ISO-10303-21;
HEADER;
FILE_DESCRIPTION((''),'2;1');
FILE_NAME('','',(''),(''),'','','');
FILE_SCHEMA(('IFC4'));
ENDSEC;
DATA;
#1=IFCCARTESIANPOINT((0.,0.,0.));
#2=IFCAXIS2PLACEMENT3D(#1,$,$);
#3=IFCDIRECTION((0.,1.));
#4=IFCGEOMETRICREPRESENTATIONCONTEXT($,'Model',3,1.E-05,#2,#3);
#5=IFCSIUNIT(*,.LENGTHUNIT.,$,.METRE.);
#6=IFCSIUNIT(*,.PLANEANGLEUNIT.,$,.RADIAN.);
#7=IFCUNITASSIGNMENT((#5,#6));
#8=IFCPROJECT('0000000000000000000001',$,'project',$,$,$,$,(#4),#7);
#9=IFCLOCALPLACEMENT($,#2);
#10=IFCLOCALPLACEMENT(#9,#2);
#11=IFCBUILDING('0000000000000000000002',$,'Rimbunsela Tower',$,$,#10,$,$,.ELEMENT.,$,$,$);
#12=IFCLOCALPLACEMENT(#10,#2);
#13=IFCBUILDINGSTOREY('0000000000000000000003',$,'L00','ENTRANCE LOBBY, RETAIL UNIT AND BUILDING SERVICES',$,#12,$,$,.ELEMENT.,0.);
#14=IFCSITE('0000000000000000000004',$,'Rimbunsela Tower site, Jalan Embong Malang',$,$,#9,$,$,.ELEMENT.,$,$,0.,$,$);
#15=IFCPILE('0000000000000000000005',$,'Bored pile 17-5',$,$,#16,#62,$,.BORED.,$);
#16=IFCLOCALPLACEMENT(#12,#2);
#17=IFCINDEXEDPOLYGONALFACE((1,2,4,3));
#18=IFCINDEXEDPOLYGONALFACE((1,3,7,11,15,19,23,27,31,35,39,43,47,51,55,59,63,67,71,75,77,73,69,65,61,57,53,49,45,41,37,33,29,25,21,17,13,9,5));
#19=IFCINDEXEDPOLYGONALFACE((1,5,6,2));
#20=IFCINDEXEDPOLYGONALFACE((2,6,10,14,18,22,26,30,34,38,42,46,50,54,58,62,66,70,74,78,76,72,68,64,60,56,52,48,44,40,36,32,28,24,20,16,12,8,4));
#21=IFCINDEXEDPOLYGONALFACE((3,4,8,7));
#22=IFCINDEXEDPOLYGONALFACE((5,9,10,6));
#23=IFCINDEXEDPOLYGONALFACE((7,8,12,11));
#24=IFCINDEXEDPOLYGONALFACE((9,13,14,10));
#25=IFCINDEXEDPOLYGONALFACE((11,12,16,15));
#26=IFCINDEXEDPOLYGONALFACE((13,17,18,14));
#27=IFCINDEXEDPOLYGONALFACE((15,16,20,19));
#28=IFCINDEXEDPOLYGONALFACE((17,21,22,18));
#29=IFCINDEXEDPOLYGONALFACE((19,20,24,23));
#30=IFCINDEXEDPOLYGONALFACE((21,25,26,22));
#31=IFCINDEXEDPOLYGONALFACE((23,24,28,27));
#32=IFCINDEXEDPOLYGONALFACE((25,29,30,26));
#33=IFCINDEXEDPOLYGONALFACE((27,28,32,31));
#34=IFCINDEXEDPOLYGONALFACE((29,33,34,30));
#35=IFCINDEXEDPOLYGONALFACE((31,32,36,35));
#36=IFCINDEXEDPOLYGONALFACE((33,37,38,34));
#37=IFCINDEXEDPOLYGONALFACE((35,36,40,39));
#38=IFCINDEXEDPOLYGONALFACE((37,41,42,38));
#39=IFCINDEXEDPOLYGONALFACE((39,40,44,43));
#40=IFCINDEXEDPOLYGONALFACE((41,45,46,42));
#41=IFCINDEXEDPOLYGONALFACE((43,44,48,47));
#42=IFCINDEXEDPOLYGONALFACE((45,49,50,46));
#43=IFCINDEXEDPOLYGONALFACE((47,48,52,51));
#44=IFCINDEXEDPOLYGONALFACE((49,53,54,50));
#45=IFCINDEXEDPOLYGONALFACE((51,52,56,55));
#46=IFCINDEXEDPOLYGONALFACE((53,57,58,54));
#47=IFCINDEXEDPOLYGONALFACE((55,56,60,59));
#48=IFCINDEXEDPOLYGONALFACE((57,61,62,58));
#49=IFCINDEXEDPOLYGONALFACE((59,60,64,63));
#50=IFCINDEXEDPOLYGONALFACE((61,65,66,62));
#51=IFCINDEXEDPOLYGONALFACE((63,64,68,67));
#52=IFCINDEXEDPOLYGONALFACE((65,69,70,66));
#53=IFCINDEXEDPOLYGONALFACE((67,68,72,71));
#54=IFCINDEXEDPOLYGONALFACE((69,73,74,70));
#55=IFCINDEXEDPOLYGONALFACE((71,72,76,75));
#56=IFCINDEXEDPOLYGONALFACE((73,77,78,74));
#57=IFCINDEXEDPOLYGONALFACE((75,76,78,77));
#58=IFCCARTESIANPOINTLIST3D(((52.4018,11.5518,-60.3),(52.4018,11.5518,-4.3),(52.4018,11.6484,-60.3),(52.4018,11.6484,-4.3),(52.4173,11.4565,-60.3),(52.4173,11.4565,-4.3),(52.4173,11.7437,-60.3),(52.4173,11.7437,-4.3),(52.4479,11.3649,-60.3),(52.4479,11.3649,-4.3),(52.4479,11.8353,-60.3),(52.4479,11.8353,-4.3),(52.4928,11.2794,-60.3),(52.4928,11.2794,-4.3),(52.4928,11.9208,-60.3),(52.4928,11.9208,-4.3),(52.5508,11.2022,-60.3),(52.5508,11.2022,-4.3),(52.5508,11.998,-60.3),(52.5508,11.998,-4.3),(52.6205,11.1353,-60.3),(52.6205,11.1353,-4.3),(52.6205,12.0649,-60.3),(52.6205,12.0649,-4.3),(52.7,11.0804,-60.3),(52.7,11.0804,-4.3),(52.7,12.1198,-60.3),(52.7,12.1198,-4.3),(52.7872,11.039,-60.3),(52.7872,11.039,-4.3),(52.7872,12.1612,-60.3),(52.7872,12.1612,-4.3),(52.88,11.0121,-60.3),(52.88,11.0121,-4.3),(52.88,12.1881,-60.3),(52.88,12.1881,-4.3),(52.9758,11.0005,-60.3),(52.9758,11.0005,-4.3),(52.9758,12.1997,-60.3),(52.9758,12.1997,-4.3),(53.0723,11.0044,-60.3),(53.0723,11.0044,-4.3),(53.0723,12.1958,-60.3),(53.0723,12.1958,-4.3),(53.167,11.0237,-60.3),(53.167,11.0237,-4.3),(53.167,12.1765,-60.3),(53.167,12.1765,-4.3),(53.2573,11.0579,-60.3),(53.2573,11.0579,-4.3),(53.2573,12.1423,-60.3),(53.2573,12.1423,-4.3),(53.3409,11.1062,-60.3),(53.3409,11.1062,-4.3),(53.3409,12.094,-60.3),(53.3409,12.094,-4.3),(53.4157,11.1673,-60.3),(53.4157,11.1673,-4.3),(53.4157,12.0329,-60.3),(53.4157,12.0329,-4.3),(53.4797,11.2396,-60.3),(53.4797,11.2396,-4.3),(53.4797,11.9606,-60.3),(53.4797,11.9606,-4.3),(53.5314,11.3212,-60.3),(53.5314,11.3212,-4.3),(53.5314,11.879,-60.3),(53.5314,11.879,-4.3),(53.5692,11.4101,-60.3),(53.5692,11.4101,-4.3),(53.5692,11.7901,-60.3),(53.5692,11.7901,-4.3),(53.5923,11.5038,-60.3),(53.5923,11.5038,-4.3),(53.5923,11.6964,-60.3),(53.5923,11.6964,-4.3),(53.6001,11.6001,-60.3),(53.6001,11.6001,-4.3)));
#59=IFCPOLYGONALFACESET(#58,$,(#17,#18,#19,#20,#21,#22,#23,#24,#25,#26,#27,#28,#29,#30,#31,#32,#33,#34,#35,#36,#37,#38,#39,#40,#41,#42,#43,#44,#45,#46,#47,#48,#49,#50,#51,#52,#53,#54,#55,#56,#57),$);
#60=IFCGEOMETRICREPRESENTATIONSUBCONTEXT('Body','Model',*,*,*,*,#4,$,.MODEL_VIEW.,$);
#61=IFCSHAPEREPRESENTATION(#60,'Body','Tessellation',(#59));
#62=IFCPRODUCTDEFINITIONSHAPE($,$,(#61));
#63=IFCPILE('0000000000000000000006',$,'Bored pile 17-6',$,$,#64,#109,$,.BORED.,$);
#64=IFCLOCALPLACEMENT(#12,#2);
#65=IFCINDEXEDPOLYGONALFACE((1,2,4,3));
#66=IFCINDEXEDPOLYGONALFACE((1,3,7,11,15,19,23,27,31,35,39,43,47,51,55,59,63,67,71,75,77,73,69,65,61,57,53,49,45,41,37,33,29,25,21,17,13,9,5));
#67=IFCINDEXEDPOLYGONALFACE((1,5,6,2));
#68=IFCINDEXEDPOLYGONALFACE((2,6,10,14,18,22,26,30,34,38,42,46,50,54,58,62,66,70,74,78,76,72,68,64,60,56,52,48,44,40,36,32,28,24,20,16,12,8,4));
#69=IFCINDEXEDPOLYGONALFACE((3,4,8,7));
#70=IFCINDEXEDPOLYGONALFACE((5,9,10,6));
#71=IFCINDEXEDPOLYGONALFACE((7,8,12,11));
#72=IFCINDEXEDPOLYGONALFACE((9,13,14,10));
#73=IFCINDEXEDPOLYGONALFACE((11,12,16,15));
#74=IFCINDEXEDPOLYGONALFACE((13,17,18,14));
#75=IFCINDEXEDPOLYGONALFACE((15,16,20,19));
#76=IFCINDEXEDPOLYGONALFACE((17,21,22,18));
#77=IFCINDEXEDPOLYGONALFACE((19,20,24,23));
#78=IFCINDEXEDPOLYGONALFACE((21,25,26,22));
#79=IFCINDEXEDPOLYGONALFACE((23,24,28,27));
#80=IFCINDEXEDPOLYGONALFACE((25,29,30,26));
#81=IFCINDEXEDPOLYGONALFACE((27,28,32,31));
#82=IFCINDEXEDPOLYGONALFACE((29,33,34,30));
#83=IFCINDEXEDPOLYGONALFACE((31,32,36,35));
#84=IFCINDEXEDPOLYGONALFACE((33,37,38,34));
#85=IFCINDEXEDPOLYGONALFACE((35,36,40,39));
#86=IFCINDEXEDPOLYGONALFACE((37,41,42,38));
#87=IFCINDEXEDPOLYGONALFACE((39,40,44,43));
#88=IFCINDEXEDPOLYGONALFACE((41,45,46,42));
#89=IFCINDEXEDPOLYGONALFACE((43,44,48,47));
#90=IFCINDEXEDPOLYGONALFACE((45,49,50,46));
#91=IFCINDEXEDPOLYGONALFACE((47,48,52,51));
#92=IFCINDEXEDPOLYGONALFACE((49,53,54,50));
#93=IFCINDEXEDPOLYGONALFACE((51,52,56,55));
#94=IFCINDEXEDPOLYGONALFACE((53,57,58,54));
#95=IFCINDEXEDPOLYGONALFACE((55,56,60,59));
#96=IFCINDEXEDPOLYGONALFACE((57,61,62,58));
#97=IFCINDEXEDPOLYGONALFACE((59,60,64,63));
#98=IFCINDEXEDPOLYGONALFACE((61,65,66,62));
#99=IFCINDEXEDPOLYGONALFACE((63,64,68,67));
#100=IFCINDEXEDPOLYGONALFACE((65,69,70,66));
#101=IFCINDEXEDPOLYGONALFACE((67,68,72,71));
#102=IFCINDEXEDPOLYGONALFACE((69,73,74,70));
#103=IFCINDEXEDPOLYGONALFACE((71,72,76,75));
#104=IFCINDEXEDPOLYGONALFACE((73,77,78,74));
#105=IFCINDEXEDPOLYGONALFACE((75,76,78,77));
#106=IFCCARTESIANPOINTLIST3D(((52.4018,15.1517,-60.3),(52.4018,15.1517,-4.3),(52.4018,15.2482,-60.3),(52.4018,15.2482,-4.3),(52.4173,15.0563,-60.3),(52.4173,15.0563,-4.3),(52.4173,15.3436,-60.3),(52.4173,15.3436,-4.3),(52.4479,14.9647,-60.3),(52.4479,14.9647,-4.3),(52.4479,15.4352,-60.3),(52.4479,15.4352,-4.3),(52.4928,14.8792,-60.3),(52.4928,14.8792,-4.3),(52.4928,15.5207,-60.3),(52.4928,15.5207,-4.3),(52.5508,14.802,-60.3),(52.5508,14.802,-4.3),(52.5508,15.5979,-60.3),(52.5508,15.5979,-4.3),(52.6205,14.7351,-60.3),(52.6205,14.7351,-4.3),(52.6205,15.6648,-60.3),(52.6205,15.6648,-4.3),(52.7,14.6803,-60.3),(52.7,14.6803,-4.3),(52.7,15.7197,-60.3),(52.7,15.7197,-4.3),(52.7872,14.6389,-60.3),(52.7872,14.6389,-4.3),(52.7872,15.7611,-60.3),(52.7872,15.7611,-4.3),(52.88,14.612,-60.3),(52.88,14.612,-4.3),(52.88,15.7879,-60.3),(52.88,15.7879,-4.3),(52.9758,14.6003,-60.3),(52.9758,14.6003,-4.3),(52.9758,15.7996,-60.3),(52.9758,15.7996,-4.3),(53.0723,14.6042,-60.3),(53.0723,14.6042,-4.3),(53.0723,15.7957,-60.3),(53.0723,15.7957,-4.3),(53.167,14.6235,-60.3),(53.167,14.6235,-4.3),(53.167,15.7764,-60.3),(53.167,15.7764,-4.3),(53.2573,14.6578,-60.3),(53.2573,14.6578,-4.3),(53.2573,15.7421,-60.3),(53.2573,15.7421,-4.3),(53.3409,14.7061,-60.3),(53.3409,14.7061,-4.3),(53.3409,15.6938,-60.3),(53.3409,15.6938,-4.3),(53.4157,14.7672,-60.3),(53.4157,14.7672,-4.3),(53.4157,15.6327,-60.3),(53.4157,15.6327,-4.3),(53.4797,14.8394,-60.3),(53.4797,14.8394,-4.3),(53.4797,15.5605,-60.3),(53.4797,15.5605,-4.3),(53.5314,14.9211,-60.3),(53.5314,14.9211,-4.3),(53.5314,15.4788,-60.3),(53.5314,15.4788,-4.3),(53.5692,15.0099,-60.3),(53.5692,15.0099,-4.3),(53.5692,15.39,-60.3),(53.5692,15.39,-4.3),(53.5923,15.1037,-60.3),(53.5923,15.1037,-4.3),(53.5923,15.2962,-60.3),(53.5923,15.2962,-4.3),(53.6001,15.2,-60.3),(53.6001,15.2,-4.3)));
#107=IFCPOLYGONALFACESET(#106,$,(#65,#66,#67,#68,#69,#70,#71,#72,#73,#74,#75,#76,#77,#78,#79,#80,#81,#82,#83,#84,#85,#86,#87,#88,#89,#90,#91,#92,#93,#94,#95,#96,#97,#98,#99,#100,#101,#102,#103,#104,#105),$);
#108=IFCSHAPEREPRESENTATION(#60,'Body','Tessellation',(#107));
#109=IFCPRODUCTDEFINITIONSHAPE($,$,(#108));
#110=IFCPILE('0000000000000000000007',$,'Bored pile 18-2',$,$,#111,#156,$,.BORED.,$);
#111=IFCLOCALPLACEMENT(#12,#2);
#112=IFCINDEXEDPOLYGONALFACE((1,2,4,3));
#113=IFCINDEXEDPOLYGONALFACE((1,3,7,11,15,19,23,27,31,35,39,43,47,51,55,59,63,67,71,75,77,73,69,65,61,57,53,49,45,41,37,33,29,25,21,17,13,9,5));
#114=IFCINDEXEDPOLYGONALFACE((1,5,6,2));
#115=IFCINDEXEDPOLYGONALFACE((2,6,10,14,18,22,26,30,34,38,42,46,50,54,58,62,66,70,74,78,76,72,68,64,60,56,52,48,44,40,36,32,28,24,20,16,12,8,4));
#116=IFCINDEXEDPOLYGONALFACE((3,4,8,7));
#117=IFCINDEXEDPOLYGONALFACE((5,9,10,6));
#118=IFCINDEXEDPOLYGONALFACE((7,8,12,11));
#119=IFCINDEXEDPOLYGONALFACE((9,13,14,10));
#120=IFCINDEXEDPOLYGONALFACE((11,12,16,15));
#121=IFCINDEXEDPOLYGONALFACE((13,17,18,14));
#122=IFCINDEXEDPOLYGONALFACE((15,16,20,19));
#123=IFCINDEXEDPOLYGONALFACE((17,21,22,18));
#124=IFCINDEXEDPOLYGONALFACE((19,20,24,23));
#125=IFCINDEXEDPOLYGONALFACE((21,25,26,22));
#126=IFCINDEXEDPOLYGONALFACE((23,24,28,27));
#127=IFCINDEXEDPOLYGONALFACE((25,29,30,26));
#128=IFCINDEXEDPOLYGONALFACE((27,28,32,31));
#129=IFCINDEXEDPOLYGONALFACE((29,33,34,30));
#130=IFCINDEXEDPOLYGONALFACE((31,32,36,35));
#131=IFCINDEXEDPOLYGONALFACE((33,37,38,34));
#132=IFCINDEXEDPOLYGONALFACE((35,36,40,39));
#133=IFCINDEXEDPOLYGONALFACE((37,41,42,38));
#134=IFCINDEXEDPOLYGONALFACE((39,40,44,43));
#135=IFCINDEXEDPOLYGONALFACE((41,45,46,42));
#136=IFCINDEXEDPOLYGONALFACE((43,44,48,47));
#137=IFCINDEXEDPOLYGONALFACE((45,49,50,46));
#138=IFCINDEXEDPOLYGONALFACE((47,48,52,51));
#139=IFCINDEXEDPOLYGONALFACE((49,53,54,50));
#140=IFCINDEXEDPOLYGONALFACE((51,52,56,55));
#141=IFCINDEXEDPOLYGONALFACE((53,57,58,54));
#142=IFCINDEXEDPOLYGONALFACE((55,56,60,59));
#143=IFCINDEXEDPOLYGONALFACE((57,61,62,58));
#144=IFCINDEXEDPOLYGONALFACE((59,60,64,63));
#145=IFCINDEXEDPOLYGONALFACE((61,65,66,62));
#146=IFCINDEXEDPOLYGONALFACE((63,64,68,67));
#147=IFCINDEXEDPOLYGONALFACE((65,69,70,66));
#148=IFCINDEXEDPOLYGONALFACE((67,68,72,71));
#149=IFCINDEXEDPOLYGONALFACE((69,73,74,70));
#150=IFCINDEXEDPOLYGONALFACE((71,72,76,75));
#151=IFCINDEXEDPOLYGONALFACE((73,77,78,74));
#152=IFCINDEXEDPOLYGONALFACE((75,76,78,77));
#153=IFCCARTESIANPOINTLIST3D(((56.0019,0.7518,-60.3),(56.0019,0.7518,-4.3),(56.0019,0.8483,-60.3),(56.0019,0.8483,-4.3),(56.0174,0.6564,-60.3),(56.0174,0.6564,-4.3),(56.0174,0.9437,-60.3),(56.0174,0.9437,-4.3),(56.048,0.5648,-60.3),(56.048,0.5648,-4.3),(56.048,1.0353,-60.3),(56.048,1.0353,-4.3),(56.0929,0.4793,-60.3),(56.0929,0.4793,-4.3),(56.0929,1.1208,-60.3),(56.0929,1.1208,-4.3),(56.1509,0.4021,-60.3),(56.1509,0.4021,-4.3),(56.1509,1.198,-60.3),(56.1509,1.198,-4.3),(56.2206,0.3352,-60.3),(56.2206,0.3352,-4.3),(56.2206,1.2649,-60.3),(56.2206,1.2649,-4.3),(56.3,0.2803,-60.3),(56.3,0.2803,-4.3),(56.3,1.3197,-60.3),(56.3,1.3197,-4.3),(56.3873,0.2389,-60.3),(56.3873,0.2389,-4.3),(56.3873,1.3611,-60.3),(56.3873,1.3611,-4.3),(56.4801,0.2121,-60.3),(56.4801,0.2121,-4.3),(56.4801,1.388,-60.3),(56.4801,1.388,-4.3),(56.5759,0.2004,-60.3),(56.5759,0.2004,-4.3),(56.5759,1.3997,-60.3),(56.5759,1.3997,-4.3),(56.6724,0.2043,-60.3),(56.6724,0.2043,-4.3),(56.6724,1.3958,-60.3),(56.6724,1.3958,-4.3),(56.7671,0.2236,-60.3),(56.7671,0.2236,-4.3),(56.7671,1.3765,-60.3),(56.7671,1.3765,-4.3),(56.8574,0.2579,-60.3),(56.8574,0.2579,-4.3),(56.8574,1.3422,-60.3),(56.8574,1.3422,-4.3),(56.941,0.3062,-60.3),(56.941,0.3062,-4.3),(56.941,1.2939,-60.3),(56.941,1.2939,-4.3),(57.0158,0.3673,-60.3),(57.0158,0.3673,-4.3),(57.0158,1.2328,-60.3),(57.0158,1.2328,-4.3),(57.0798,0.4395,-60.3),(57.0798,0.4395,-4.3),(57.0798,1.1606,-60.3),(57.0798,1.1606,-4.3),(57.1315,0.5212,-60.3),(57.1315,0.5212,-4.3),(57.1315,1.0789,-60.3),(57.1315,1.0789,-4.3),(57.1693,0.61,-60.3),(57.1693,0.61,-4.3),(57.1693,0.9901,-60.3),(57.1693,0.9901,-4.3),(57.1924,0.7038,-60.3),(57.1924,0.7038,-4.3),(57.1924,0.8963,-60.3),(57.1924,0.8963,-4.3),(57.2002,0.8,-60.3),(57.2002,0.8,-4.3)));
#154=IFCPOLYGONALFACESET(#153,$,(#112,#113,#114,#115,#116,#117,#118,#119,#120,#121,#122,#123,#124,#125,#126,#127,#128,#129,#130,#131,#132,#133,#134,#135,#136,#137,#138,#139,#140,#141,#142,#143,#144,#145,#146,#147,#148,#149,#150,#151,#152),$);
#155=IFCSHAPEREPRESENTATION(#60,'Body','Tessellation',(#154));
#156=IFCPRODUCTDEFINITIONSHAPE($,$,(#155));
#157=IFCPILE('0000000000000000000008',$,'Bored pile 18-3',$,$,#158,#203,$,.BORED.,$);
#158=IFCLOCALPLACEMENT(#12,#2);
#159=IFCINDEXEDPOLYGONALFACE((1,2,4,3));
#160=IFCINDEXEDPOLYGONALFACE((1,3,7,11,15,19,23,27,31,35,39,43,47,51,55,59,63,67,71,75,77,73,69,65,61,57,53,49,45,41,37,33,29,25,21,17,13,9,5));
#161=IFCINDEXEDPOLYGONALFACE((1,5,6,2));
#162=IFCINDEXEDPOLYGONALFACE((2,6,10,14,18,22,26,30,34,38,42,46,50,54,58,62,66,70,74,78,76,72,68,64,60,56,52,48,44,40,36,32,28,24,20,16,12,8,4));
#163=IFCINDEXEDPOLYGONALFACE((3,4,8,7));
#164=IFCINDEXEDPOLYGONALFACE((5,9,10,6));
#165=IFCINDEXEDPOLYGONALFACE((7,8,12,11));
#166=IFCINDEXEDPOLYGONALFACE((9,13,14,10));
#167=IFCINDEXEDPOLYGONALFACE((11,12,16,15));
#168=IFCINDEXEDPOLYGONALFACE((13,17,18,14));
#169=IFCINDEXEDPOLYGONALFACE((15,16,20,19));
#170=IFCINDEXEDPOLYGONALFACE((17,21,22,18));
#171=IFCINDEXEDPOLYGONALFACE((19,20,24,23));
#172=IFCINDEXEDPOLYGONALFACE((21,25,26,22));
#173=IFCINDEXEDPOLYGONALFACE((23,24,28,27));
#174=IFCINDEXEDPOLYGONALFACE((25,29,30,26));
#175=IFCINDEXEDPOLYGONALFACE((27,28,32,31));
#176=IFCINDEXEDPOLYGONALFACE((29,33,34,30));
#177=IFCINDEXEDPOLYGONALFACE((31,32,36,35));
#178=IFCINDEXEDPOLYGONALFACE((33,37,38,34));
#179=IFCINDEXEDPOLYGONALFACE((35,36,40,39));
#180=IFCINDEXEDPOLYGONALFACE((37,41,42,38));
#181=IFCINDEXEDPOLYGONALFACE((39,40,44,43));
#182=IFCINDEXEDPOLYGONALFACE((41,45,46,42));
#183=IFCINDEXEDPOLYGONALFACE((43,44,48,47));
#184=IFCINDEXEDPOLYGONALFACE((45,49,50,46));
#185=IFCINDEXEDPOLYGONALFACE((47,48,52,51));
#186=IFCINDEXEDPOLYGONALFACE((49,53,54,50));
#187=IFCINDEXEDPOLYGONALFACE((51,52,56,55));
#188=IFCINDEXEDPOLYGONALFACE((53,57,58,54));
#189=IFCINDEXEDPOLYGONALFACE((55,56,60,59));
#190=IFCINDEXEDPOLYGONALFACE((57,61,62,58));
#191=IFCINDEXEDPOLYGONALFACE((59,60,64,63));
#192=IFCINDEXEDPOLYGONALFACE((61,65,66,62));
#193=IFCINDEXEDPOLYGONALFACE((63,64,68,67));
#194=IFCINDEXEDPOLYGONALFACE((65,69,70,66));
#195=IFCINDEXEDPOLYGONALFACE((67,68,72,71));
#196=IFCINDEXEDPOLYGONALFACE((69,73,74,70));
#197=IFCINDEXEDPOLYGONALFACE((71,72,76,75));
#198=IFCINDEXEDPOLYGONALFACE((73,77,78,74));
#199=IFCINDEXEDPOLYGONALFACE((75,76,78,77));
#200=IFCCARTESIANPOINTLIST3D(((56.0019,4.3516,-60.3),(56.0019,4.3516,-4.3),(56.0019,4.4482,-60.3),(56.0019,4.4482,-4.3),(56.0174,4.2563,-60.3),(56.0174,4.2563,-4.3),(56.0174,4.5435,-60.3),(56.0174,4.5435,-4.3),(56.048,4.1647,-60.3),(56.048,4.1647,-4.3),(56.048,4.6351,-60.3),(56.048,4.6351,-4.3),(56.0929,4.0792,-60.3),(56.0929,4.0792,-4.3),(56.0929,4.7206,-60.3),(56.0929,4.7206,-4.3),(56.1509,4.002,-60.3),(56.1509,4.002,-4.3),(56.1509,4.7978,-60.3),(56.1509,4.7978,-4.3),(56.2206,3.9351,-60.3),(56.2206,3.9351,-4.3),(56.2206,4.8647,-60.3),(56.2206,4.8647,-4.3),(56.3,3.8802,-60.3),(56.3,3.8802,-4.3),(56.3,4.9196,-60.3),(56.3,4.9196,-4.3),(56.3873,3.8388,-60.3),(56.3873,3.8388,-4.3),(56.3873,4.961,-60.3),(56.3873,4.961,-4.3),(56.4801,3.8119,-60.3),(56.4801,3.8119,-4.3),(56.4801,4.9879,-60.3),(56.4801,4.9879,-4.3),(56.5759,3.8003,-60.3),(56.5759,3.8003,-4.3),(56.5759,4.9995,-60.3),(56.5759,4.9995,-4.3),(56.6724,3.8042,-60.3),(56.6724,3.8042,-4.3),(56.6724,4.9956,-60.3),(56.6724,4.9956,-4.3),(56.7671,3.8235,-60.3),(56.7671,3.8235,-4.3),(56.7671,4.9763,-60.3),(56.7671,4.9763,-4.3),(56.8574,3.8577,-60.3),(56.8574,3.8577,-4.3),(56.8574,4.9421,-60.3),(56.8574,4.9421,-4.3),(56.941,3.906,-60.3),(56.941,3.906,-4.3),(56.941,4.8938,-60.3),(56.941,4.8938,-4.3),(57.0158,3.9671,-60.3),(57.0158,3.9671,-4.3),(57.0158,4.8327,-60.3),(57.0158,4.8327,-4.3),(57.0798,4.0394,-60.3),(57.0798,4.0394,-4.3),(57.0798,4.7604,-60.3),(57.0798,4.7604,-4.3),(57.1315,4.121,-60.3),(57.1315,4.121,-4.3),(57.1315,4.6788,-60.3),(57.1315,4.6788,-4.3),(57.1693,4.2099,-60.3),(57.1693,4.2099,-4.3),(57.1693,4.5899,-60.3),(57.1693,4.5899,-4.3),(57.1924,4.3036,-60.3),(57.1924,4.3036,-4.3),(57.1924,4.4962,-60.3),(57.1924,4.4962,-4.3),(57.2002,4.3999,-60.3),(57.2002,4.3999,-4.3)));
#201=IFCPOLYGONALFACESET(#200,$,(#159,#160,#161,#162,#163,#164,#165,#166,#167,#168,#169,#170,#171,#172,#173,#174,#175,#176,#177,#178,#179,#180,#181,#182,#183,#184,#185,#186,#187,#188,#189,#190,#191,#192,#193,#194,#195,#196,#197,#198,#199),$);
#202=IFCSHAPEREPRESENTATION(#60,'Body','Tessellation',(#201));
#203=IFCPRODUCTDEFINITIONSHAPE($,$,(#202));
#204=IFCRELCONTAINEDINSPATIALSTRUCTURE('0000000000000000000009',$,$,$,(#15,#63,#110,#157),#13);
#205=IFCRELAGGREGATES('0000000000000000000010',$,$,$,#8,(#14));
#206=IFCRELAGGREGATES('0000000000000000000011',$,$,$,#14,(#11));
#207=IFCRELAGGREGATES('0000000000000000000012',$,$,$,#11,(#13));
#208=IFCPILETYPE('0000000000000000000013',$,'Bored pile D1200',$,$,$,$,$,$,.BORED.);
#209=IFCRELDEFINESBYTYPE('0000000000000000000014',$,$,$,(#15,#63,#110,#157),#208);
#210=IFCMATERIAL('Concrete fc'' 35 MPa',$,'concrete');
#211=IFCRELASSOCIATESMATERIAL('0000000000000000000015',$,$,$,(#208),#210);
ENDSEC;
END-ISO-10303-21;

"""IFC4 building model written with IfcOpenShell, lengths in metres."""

from ifc_helpers import new_model, si_unit, direction, frame, origin, origin_2d, place, context, subcontext, project, spatial, circle, extrude, material, material_profile, profile_set, type_object, element, save


model = new_model("IFC4")

# Units and contexts
model_context = context("Model", 3, precision=1e-05, world=origin(), true_north=direction((0.0, 1.0)))
body_context = subcontext(model_context, "Body", "Model", "MODEL_VIEW")
ifc_project = project(units=[si_unit("LENGTHUNIT", "METRE"), si_unit("PLANEANGLEUNIT", "RADIAN")], contexts=[model_context])

# Site, building, storey
site_placement = place(None, origin())
site = spatial("IfcSite", under=ifc_project, at=site_placement, Name="Rimbunsela Tower site, Jalan Embong Malang", CompositionType="ELEMENT", RefElevation=0.0)
building_placement = place(site_placement, origin())
building = spatial("IfcBuilding", under=site, at=building_placement, Name="Rimbunsela Tower", CompositionType="ELEMENT")
storey_placement = place(building_placement, origin())
storey = spatial("IfcBuildingStorey", under=building, at=storey_placement, Name="L00", Description="ENTRANCE LOBBY, RETAIL UNIT AND BUILDING SERVICES", CompositionType="ELEMENT", Elevation=0.0)

# Piles
ifc_material_1 = material(Name="Concrete fc' 35 MPa", Category="concrete")
ifc_material_profile_1 = material_profile(ifc_material_1, circle(Radius=0.6001, at=origin_2d()), Name="BP D1200")
ifc_profile_set_1 = profile_set([ifc_material_profile_1], Name="Concrete fc' 35 MPa")
pile_type = type_object("IfcPileType", Name="Bored pile D1200", PredefinedType="BORED", material=ifc_profile_set_1)
for number, where, z_axis, x_axis, name in (
    (1, (53.0, 11.6001, -4.3), (0.0, 0.0, -1.0), (1.0, 0.0, 0.0), "Bored pile 17-5"),
    (2, (53.0, 15.2, -4.3), (0.0, 0.0, -1.0), (1.0, 0.0, 0.0), "Bored pile 17-6"),
    (3, (56.6001, 0.8, -4.3), (0.0, 0.0, -1.0), (1.0, 0.0, 0.0), "Bored pile 18-2"),
    (4, (56.6001, 4.3999, -4.3), (0.0, 0.0, -1.0), (1.0, 0.0, 0.0), "Bored pile 18-3"),
):
    element("IfcPile", number, at=place(storey_placement, frame(where, z_axis=z_axis, x_axis=x_axis)), inside=storey, type_object=pile_type, Name=name, PredefinedType="BORED", context=body_context, shape_type="SweptSolid", body=[
        extrude(circle(Radius=0.6001, at=origin_2d()), origin(), (0.0, 0.0, 1.0), 56.0),
    ])

save(model, "model.ifc")
